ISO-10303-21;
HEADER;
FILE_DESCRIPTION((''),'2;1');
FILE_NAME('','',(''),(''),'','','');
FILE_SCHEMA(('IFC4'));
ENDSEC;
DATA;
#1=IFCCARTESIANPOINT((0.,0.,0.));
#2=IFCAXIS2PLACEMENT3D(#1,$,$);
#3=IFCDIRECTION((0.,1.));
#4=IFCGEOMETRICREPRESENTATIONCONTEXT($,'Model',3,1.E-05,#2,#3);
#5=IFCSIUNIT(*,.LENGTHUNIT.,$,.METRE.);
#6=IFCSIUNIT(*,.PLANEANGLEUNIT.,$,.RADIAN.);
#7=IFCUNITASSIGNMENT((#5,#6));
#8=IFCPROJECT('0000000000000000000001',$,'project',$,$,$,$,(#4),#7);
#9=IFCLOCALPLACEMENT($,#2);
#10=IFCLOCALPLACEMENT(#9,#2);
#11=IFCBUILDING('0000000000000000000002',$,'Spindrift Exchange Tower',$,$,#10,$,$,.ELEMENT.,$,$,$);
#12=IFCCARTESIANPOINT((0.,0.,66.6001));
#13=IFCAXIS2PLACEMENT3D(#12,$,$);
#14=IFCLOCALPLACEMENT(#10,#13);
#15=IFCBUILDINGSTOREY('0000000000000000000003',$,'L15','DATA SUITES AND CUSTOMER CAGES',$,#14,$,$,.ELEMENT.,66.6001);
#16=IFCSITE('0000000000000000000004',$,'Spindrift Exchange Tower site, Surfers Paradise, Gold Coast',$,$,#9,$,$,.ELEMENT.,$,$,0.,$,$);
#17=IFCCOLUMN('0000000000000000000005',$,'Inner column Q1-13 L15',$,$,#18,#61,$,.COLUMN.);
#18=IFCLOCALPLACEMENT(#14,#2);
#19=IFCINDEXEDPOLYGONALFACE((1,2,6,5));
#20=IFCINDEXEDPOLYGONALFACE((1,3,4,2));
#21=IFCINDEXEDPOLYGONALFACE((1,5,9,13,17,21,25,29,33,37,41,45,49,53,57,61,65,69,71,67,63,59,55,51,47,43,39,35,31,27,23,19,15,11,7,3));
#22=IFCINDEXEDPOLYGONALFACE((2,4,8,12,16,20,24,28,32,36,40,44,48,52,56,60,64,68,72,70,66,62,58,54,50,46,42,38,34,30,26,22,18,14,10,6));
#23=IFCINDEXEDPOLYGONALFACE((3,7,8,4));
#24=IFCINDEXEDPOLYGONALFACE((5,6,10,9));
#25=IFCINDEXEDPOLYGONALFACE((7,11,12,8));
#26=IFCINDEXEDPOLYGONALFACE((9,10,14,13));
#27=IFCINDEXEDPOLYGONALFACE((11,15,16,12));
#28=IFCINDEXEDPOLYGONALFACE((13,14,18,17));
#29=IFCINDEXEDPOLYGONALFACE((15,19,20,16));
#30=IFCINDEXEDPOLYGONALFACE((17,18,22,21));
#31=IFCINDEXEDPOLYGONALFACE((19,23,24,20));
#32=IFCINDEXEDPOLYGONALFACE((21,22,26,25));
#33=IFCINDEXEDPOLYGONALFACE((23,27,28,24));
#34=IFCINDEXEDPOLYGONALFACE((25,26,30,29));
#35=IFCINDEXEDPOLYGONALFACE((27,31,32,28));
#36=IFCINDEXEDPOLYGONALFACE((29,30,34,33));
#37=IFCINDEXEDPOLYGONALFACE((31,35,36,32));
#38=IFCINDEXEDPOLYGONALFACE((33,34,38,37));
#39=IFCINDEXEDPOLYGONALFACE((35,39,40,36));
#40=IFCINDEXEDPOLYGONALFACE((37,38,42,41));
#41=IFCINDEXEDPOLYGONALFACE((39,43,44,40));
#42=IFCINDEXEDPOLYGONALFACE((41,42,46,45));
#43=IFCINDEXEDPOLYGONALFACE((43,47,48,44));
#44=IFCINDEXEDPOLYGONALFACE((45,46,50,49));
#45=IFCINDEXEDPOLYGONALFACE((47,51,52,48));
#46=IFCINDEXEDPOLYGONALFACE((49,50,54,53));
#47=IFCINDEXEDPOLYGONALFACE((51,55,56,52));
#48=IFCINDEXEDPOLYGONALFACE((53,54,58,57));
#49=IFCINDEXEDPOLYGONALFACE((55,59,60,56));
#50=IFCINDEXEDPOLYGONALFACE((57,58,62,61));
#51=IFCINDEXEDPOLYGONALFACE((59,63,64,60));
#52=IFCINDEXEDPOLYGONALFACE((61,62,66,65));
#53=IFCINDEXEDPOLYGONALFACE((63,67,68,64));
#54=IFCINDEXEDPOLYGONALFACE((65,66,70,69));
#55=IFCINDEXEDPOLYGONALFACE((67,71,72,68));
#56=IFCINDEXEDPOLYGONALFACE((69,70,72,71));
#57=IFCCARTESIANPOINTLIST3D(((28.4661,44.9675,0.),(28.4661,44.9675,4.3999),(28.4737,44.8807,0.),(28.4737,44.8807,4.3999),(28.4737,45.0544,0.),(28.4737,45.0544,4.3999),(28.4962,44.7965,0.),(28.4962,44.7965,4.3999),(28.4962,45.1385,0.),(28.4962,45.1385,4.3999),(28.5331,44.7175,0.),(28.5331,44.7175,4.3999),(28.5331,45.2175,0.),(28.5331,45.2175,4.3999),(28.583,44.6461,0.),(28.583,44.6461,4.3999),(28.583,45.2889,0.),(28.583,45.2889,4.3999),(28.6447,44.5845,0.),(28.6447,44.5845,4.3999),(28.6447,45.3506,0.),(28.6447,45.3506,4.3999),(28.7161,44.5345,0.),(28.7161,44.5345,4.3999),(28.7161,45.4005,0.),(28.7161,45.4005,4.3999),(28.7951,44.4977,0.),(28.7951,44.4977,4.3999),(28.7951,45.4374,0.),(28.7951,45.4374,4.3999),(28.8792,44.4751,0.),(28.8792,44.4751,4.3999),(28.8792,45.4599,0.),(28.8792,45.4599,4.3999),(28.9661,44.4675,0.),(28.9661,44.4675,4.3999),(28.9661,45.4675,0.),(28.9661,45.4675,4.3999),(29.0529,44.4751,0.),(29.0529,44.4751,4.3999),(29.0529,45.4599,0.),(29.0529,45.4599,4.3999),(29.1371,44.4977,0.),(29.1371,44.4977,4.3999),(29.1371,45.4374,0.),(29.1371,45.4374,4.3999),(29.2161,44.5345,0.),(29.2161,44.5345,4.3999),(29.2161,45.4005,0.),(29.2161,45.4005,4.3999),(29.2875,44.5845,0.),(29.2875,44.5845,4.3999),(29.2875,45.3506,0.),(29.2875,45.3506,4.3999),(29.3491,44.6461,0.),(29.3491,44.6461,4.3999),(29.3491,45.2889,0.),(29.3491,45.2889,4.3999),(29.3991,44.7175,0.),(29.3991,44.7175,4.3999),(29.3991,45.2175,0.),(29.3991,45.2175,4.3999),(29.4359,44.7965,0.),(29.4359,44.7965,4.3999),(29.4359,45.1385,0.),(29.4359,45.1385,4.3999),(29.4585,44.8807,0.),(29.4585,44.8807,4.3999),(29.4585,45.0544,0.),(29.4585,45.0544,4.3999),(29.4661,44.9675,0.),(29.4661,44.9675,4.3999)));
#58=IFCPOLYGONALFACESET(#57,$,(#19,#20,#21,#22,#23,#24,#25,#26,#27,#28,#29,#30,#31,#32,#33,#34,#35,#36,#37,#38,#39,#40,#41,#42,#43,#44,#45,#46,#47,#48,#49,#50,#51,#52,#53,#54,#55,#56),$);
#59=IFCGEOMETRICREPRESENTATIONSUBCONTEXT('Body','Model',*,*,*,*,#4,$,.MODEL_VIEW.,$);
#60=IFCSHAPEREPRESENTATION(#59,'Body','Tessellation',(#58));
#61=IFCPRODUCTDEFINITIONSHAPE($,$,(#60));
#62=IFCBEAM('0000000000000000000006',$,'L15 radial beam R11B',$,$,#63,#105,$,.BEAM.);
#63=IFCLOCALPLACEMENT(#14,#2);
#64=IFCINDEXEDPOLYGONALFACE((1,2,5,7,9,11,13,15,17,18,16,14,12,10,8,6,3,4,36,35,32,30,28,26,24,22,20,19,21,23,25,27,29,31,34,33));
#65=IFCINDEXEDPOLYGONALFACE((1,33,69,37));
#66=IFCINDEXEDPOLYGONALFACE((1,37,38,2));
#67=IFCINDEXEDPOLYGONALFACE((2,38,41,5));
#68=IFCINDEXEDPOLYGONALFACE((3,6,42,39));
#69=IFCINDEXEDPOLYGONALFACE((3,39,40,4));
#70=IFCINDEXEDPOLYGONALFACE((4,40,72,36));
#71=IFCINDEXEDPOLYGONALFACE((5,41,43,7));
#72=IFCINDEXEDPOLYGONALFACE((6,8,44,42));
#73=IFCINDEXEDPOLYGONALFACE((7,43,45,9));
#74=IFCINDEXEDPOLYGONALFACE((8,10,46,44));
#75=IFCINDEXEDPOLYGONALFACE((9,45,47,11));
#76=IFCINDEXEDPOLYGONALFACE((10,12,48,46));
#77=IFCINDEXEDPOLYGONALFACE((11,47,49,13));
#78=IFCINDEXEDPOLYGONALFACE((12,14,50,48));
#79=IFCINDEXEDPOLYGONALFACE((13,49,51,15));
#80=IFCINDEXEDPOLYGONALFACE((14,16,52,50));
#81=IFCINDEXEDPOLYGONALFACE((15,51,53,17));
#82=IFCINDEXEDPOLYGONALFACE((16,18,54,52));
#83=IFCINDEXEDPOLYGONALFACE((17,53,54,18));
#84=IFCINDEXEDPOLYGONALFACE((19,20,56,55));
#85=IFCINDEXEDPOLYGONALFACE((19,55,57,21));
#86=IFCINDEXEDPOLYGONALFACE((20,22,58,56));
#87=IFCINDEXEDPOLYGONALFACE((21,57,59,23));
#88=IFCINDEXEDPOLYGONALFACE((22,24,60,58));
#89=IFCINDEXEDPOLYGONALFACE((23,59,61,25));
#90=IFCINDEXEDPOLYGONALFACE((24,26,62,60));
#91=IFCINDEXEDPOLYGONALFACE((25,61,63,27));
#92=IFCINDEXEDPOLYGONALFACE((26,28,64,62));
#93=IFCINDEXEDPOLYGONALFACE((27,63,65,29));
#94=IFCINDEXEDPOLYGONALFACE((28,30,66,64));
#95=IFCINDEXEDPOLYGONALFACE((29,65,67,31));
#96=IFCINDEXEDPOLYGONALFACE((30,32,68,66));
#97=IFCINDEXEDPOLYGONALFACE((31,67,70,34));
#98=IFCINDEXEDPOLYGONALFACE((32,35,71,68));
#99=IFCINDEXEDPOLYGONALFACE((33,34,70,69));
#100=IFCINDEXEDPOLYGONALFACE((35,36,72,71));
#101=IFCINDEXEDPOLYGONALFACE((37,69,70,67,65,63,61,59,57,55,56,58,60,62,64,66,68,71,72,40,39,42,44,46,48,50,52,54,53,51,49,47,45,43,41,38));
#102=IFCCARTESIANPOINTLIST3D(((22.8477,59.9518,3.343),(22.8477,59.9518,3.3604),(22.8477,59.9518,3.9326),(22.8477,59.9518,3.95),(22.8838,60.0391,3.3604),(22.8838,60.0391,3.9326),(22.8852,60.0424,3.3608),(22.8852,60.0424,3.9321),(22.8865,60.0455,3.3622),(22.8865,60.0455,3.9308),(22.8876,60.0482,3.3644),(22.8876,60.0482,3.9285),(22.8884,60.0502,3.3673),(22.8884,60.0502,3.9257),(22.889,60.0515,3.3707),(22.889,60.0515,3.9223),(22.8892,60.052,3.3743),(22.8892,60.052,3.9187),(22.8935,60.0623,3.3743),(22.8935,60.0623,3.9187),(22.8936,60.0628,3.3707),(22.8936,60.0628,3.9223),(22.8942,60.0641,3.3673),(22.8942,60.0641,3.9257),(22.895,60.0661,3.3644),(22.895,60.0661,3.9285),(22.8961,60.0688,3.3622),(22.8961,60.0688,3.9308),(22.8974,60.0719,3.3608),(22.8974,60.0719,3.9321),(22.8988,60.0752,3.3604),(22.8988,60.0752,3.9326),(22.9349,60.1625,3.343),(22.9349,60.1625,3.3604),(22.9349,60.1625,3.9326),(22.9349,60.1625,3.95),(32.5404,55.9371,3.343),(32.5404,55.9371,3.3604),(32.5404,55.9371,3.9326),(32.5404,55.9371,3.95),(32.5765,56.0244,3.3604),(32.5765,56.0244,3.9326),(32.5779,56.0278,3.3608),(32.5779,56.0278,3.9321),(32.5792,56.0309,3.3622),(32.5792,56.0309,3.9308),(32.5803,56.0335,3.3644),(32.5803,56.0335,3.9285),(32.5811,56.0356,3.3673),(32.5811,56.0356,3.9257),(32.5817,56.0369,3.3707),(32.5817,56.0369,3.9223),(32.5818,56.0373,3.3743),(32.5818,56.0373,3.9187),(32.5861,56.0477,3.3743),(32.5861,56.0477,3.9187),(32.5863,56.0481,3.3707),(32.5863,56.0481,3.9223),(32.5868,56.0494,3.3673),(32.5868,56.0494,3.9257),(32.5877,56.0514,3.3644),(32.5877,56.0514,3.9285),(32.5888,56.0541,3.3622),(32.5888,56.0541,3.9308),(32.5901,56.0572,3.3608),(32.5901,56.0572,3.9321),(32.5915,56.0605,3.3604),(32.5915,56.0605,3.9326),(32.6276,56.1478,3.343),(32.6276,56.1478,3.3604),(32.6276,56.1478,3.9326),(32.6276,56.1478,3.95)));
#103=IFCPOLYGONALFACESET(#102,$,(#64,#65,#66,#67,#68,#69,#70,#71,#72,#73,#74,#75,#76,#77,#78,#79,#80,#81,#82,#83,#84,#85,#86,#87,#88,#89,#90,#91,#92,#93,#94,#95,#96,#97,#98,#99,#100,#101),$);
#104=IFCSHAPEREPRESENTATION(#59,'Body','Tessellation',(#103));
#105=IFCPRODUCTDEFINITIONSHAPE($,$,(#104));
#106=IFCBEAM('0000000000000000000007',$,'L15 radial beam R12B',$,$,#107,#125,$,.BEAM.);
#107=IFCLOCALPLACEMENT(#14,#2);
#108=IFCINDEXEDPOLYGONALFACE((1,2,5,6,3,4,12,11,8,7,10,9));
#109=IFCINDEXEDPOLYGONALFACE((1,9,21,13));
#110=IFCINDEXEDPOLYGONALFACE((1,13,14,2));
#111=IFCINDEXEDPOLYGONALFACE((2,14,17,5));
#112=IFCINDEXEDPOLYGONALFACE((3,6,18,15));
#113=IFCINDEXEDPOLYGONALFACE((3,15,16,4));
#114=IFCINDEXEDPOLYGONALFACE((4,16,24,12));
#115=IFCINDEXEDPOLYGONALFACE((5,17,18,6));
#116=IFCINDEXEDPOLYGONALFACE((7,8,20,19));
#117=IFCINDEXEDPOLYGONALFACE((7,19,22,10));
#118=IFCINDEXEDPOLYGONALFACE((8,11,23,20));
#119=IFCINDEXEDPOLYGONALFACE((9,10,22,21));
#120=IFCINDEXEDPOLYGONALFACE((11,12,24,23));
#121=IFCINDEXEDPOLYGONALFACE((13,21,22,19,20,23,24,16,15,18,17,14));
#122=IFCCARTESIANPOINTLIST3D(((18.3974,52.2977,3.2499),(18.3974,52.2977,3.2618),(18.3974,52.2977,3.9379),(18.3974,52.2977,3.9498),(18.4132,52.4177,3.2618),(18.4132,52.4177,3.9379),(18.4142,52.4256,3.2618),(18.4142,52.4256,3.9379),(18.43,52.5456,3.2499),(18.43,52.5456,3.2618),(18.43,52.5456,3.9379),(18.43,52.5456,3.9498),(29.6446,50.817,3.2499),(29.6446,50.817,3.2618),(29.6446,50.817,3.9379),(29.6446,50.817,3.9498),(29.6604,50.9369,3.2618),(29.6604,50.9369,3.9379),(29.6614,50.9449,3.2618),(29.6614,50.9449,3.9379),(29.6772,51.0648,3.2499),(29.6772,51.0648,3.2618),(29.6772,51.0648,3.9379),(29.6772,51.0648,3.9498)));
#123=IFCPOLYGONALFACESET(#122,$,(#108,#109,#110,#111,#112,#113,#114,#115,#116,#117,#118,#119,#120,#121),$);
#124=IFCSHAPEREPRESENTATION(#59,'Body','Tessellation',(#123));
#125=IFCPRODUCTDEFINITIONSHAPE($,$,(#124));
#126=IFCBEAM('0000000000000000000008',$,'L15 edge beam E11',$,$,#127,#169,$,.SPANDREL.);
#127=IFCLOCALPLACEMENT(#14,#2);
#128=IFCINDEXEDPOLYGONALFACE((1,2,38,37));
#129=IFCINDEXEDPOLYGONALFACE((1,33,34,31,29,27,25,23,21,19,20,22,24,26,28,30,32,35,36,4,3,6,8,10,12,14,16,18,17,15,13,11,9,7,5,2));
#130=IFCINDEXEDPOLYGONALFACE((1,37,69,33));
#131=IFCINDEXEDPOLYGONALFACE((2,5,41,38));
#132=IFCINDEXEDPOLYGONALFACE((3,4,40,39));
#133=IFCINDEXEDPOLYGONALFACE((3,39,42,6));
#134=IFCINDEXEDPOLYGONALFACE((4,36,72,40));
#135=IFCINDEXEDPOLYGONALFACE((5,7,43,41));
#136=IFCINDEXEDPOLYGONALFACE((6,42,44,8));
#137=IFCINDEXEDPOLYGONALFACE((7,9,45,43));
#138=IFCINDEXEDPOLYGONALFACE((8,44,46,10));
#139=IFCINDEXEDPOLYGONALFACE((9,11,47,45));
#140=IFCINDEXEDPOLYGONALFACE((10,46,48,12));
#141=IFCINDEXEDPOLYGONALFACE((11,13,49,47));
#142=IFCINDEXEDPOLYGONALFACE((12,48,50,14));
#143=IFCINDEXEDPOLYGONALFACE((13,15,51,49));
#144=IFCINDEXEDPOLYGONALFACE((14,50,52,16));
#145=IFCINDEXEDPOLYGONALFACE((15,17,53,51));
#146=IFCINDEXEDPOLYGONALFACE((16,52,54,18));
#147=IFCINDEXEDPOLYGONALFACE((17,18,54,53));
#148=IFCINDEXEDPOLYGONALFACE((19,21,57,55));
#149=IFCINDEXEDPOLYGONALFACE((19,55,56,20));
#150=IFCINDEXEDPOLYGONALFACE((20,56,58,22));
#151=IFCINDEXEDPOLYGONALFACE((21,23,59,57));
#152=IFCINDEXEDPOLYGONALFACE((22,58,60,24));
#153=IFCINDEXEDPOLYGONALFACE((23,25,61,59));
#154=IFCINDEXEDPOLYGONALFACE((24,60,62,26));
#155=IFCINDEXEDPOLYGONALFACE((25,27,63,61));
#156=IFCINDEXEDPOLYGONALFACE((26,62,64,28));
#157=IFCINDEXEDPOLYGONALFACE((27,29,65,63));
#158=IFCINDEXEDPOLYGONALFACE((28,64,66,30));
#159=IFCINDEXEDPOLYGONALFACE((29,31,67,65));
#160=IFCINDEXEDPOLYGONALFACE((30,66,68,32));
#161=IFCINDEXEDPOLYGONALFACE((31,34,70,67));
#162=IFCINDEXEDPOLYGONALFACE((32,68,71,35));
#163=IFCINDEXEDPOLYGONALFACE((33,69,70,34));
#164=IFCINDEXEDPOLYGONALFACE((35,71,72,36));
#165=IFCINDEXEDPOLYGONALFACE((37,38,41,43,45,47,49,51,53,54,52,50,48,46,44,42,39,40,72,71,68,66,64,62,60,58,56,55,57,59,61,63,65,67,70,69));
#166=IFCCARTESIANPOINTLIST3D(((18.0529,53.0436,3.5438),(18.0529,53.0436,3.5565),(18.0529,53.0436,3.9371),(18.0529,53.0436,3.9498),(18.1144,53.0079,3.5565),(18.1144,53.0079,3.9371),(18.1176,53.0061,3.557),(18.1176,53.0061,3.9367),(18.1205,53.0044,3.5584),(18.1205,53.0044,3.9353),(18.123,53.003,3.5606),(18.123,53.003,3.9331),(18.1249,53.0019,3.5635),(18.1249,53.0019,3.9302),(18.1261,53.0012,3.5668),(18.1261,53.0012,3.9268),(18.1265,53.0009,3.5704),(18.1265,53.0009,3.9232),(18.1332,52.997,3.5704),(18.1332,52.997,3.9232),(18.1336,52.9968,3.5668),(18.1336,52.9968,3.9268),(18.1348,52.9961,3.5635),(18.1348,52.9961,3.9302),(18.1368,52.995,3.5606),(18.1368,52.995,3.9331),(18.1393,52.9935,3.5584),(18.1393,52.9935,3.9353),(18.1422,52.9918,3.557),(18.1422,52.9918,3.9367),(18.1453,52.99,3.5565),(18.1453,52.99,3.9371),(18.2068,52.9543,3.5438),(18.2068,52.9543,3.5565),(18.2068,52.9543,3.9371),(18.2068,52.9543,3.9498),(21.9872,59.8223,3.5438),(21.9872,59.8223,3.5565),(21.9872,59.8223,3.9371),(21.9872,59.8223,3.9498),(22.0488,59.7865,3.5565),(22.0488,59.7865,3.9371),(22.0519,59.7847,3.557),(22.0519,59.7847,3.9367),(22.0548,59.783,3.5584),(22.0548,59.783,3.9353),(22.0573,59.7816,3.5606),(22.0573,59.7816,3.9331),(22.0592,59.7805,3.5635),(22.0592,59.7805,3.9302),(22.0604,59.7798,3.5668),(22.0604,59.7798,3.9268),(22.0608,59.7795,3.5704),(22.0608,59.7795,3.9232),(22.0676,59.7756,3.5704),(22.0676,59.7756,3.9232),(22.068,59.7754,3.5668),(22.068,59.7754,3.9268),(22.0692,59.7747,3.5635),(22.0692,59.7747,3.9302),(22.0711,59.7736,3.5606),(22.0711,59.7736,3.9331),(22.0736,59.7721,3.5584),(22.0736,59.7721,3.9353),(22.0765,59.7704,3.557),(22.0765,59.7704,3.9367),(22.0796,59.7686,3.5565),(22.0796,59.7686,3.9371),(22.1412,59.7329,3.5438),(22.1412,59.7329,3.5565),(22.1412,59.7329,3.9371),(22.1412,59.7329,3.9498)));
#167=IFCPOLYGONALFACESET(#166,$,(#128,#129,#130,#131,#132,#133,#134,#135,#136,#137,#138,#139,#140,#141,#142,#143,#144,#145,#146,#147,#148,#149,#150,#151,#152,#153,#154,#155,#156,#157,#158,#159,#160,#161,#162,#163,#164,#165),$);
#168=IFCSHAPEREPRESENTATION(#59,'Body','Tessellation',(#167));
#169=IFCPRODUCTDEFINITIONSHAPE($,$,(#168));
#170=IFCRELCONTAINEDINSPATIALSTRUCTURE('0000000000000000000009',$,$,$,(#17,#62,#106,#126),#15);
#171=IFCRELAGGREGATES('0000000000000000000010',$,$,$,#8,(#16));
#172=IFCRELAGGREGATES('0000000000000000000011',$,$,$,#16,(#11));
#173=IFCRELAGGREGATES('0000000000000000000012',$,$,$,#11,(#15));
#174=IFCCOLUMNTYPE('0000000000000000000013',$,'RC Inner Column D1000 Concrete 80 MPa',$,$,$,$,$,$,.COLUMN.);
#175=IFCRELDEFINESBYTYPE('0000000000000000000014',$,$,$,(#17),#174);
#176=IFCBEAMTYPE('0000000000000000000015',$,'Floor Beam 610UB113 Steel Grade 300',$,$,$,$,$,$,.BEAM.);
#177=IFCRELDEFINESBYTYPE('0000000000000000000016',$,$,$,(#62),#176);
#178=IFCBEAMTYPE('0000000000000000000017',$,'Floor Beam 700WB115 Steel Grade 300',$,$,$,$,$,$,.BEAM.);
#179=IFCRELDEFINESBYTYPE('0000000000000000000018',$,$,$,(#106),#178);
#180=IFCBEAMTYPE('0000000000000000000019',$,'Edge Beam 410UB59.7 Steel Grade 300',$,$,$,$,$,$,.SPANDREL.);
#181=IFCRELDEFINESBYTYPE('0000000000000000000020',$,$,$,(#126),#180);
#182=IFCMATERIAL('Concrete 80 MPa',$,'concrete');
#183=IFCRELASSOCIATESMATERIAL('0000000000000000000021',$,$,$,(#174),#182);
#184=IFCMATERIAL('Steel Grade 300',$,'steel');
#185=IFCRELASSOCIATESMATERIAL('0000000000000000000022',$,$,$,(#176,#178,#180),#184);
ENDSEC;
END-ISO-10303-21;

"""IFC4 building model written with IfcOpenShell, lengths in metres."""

from ifc_helpers import new_model, si_unit, direction, frame, origin, origin_2d, place, context, subcontext, project, spatial, circle, i_section, extrude, source, transform, mapped, material, material_profile, profile_set, type_object, element, save


model = new_model("IFC4")

# Units and contexts
model_context = context("Model", 3, precision=1e-05, world=origin(), true_north=direction((0.0, 1.0)))
body_context = subcontext(model_context, "Body", "Model", "MODEL_VIEW")
ifc_project = project(units=[si_unit("LENGTHUNIT", "METRE"), si_unit("PLANEANGLEUNIT", "RADIAN")], contexts=[model_context])

# Site, building, storey
site_placement = place(None, origin())
site = spatial("IfcSite", under=ifc_project, at=site_placement, Name="Spindrift Exchange Tower site, Surfers Paradise, Gold Coast", CompositionType="ELEMENT", RefElevation=0.0)
building_placement = place(site_placement, origin())
building = spatial("IfcBuilding", under=site, at=building_placement, Name="Spindrift Exchange Tower", CompositionType="ELEMENT")
storey_placement = place(building_placement, frame((0.0, 0.0, 66.6001)))
storey = spatial("IfcBuildingStorey", under=building, at=storey_placement, Name="L15", Description="DATA SUITES AND CUSTOMER CAGES", CompositionType="ELEMENT", Elevation=66.6001)

# Column
ifc_material_1 = material(Name="Concrete 80 MPa", Category="concrete")
ifc_material_profile_1 = material_profile(ifc_material_1, circle(Radius=0.5, at=origin_2d()), Name="RC D1000")
ifc_profile_set_1 = profile_set([ifc_material_profile_1], Name="Concrete 80 MPa")
column_type_1 = type_object("IfcColumnType", Name="RC Inner Column D1000 Concrete 80 MPa", PredefinedType="COLUMN", material=ifc_profile_set_1)
shared_shape_1 = source(origin(), body_context, "Body", "SweptSolid", [
    extrude(circle(Radius=0.5, at=origin_2d()), origin(), (0.0, 0.0, 1.0), 4.3999),
])
for number, where, z_axis, x_axis, name in (
    (1, (28.9661, 44.9675, 0.0), (0.0, 0.0, 1.0), (1.0, 0.0, 0.0), "Inner column Q1-13 L15"),
):
    element("IfcColumn", number, at=place(storey_placement, frame(where, z_axis=z_axis, x_axis=x_axis)), inside=storey, type_object=column_type_1, Name=name, PredefinedType="COLUMN", context=body_context, shape_type="MappedRepresentation", body=[
        mapped(shared_shape_1, transform((0.0, 0.0, 0.0), scale=1.0)),
    ])

# Beams
ifc_material_2 = material(Name="Steel Grade 300", Category="steel")
ifc_material_profile_2 = material_profile(ifc_material_2, i_section(OverallWidth=0.228, OverallDepth=0.6069, WebThickness=0.0112, FlangeThickness=0.0173, FilletRadius=0.0139, at=origin_2d()), Name="610UB113")
ifc_profile_set_2 = profile_set([ifc_material_profile_2], Name="Steel Grade 300")
beam_type_1 = type_object("IfcBeamType", Name="Floor Beam 610UB113 Steel Grade 300", PredefinedType="BEAM", material=ifc_profile_set_2)
shared_shape_2 = source(origin(), body_context, "Body", "SweptSolid", [
    extrude(i_section(OverallWidth=0.228, OverallDepth=0.6069, WebThickness=0.0112, FlangeThickness=0.0173, FilletRadius=0.0139, at=origin_2d()), origin(), (0.0, 0.0, 1.0), 10.4912),
])
beam_1_placement = place(storey_placement, frame((32.584, 56.0425, 3.6465), z_axis=(-0.923885, 0.38267, 0.0), x_axis=(-0.38267, -0.923885, 0.0)))
element("IfcBeam", 2, at=beam_1_placement, inside=storey, type_object=beam_type_1, Name="L15 radial beam R11B", PredefinedType="BEAM", context=body_context, shape_type="MappedRepresentation", body=[
    mapped(shared_shape_2, transform((0.0, 0.0, 0.0), scale=1.0)),
])
ifc_material_profile_3 = material_profile(ifc_material_2, i_section(OverallWidth=0.25, OverallDepth=0.7, WebThickness=0.0081, FlangeThickness=0.012, at=origin_2d()), Name="700WB115")
ifc_profile_set_3 = profile_set([ifc_material_profile_3], Name="Steel Grade 300")
beam_type_2 = type_object("IfcBeamType", Name="Floor Beam 700WB115 Steel Grade 300", PredefinedType="BEAM", material=ifc_profile_set_3)
shared_shape_3 = source(origin(), body_context, "Body", "SweptSolid", [
    extrude(i_section(OverallWidth=0.25, OverallDepth=0.7, WebThickness=0.0081, FlangeThickness=0.012, at=origin_2d()), origin(), (0.0, 0.0, 1.0), 11.3442),
])
beam_2_placement = place(storey_placement, frame((29.6609, 50.9409, 3.5999), z_axis=(-0.991445, 0.130527, 0.0), x_axis=(-0.130527, -0.991445, 0.0)))
element("IfcBeam", 3, at=beam_2_placement, inside=storey, type_object=beam_type_2, Name="L15 radial beam R12B", PredefinedType="BEAM", context=body_context, shape_type="MappedRepresentation", body=[
    mapped(shared_shape_3, transform((0.0, 0.0, 0.0), scale=1.0)),
])
ifc_material_profile_4 = material_profile(ifc_material_2, i_section(OverallWidth=0.178, OverallDepth=0.406, WebThickness=0.0078, FlangeThickness=0.0127, FilletRadius=0.0139, at=origin_2d()), Name="410UB59.7")
ifc_profile_set_4 = profile_set([ifc_material_profile_4], Name="Steel Grade 300")
beam_type_3 = type_object("IfcBeamType", Name="Edge Beam 410UB59.7 Steel Grade 300", PredefinedType="SPANDREL", material=ifc_profile_set_4)
shared_shape_4 = source(origin(), body_context, "Body", "SweptSolid", [
    extrude(i_section(OverallWidth=0.178, OverallDepth=0.406, WebThickness=0.0078, FlangeThickness=0.0127, FilletRadius=0.0139, at=origin_2d()), origin(), (0.0, 0.0, 1.0), 7.8376),
])
beam_3_placement = place(storey_placement, frame((22.0642, 59.7776, 3.7468), z_axis=(-0.501981, -0.864878, 0.0), x_axis=(0.864878, -0.501981, 0.0)))
element("IfcBeam", 4, at=beam_3_placement, inside=storey, type_object=beam_type_3, Name="L15 edge beam E11", PredefinedType="SPANDREL", context=body_context, shape_type="MappedRepresentation", body=[
    mapped(shared_shape_4, transform((0.0, 0.0, 0.0), scale=1.0)),
])

save(model, "model.ifc")
